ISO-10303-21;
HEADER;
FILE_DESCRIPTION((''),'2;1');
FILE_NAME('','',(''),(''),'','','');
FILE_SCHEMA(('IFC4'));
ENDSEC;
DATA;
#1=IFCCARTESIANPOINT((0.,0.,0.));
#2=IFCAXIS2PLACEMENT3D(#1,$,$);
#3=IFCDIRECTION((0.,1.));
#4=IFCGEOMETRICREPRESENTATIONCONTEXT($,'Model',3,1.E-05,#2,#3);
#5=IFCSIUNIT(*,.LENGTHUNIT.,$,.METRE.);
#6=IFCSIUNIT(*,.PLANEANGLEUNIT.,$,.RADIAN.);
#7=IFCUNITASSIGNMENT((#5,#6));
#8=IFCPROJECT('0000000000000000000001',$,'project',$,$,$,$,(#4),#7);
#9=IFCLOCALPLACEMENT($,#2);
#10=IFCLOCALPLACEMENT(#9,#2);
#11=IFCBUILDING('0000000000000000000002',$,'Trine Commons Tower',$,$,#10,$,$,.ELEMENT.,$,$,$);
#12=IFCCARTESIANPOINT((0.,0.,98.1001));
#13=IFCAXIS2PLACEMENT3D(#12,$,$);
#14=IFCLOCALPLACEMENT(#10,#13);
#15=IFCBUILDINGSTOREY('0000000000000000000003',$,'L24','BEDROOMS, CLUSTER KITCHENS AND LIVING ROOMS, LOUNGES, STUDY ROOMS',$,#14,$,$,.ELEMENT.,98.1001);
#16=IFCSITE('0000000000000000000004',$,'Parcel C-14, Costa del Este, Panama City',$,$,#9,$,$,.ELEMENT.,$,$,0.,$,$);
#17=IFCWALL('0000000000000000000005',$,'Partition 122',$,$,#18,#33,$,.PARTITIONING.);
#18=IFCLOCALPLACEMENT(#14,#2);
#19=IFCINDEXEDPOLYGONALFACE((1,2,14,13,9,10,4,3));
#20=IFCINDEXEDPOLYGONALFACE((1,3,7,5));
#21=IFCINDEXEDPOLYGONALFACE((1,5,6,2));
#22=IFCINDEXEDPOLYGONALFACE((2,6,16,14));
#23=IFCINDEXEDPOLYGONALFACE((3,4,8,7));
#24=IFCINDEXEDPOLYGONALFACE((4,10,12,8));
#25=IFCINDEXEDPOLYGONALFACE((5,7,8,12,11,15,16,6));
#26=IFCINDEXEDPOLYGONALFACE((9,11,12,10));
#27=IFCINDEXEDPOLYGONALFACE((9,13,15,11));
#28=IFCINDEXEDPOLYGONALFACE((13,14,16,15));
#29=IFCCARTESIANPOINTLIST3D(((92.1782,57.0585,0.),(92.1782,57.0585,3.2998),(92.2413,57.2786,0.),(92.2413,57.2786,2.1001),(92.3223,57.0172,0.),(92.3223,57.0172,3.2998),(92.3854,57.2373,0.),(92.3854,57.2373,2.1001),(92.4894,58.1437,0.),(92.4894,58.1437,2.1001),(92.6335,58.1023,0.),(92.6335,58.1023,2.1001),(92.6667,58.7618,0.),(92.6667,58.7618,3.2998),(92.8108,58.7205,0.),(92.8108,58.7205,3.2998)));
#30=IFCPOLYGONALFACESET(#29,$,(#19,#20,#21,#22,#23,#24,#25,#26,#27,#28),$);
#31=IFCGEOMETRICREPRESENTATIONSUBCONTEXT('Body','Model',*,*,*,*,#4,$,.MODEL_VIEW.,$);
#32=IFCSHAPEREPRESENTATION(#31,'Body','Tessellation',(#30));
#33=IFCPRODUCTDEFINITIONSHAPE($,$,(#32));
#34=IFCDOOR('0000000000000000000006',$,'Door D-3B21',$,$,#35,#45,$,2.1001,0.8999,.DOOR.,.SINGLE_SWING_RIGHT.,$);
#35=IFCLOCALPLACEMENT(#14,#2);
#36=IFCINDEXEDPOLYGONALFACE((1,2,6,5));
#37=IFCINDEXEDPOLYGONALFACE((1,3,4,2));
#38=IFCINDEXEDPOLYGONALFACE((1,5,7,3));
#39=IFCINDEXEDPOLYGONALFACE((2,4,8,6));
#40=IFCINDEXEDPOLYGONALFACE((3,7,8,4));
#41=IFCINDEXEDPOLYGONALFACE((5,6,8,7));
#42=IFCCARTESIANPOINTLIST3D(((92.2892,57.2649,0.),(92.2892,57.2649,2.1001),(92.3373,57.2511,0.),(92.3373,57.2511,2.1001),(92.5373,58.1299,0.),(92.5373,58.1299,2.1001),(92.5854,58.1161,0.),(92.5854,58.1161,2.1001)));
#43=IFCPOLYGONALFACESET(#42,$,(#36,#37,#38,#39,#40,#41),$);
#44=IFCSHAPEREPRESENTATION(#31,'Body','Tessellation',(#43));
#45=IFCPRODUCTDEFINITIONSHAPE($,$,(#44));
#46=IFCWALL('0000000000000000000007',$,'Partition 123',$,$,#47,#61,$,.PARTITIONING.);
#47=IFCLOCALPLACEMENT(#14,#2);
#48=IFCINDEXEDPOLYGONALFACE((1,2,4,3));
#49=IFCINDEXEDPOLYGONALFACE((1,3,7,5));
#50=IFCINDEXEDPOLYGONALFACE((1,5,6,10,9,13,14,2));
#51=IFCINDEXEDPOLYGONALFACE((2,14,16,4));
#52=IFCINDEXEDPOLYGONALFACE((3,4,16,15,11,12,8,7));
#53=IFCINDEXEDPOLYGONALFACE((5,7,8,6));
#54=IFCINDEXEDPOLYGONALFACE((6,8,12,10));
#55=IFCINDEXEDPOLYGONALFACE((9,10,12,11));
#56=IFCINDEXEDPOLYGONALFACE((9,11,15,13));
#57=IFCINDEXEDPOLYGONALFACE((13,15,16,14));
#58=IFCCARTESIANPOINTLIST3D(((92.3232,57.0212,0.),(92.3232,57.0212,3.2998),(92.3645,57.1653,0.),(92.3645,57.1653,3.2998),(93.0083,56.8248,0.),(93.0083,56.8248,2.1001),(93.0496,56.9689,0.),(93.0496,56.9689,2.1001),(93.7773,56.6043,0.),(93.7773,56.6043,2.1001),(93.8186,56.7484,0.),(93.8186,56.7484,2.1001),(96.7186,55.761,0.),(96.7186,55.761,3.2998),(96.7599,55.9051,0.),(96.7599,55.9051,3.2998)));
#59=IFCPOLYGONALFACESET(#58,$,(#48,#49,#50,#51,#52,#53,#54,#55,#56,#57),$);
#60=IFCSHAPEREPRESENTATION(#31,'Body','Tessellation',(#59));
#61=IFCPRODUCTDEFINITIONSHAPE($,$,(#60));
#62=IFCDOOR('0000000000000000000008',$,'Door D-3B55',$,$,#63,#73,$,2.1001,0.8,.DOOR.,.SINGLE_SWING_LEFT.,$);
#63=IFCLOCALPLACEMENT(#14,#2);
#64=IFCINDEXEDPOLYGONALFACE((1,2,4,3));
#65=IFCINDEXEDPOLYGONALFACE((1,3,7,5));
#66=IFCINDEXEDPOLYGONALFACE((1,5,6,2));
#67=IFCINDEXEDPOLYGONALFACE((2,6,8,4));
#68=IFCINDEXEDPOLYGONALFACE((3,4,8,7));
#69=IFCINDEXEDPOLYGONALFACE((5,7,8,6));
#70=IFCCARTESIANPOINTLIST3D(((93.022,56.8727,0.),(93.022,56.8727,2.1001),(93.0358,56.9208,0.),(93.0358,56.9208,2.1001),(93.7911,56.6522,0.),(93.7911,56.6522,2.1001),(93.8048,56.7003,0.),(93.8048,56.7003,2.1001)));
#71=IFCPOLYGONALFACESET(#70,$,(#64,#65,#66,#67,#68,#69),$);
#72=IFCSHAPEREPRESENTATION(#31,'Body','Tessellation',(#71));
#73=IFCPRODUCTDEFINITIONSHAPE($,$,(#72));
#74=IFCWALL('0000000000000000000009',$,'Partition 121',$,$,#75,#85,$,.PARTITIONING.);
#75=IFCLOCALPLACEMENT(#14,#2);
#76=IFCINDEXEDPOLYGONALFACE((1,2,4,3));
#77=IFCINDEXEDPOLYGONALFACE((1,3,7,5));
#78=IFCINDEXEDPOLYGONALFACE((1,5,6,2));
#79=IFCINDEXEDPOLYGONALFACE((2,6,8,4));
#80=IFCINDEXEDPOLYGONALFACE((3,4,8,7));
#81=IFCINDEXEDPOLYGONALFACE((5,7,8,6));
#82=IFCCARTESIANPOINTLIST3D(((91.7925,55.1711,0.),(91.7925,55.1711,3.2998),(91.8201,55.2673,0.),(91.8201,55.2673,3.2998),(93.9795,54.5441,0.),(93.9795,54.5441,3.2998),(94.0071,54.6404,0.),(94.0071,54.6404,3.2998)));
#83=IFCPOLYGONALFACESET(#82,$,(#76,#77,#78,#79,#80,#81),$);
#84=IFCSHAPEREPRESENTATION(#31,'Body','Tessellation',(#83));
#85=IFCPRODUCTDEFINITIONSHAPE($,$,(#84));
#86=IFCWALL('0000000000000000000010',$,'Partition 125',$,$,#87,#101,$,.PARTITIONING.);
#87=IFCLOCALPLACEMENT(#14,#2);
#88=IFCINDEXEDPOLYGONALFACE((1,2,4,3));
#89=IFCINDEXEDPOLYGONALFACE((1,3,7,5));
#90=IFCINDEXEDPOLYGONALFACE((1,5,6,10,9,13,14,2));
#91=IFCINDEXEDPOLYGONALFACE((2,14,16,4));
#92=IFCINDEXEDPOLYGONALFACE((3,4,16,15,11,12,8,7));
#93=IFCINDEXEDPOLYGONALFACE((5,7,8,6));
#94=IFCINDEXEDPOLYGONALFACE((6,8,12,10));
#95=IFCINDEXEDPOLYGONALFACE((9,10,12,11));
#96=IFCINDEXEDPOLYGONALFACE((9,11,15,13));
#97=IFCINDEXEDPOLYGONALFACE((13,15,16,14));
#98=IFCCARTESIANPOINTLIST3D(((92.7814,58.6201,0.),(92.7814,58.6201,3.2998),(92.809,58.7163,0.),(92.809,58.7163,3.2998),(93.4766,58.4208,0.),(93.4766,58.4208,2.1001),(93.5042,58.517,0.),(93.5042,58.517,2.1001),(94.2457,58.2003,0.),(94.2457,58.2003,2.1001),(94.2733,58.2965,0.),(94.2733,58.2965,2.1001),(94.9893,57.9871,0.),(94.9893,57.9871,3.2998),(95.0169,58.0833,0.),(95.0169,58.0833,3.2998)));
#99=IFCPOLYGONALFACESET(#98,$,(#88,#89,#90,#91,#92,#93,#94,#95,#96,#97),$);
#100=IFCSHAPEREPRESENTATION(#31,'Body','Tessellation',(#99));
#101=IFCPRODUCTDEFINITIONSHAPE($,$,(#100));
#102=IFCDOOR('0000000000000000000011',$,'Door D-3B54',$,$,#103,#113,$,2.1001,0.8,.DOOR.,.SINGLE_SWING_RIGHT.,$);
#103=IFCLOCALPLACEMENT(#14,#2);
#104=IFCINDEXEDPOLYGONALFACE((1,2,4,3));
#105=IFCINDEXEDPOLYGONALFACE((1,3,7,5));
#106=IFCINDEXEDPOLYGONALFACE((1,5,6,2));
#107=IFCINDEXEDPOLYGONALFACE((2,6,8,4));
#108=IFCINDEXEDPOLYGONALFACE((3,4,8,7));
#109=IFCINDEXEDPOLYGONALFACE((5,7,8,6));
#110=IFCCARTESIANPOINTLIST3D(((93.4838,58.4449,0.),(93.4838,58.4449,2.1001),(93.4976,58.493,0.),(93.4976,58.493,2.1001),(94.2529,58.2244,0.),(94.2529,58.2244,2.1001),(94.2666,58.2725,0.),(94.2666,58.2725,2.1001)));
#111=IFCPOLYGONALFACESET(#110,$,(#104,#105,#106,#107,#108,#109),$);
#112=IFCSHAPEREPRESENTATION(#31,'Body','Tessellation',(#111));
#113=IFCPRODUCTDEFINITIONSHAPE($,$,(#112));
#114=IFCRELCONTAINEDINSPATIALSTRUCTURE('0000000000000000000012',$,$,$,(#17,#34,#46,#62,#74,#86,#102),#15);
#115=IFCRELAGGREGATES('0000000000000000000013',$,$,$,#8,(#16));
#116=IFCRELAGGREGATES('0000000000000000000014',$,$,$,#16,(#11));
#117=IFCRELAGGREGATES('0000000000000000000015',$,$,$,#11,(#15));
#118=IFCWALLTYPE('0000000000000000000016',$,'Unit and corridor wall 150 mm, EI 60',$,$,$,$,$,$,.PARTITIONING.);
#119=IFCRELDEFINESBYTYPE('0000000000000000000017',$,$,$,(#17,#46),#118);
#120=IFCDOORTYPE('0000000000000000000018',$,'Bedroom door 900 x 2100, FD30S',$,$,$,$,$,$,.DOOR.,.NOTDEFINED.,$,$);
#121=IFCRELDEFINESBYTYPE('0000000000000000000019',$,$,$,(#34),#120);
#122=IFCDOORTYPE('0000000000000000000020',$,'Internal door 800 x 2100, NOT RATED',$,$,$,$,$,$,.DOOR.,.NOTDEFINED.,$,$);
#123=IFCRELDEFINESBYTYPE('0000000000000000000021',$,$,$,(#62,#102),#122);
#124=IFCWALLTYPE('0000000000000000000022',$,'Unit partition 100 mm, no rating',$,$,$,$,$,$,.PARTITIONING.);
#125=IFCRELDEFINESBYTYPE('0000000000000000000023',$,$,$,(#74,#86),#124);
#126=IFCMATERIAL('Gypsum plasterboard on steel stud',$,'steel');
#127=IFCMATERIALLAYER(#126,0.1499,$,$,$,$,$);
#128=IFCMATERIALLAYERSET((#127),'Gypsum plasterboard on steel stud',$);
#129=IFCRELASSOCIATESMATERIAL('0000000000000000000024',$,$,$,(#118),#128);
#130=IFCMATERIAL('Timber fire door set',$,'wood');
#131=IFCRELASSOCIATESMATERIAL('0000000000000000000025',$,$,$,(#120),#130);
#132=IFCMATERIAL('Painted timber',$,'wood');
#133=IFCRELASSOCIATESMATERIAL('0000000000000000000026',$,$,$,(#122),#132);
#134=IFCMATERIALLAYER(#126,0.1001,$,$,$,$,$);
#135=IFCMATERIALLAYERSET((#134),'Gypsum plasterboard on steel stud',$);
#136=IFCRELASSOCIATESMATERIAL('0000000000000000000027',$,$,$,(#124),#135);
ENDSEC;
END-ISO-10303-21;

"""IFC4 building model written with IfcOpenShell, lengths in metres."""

from ifc_helpers import new_model, si_unit, direction, frame, frame_2d, origin, place, context, subcontext, project, spatial, rectangle, extrude, material, layer, layer_set, type_object, element, fill, save


model = new_model("IFC4")

# Units and contexts
model_context = context("Model", 3, precision=1e-05, world=origin(), true_north=direction((0.0, 1.0)))
body_context = subcontext(model_context, "Body", "Model", "MODEL_VIEW")
ifc_project = project(units=[si_unit("LENGTHUNIT", "METRE"), si_unit("PLANEANGLEUNIT", "RADIAN")], contexts=[model_context])

# Site, building, storey
site_placement = place(None, origin())
site = spatial("IfcSite", under=ifc_project, at=site_placement, Name="Parcel C-14, Costa del Este, Panama City", CompositionType="ELEMENT", RefElevation=0.0)
building_placement = place(site_placement, origin())
building = spatial("IfcBuilding", under=site, at=building_placement, Name="Trine Commons Tower", CompositionType="ELEMENT")
storey_placement = place(building_placement, frame((0.0, 0.0, 98.1001)))
storey = spatial("IfcBuildingStorey", under=building, at=storey_placement, Name="L24", Description="BEDROOMS, CLUSTER KITCHENS AND LIVING ROOMS, LOUNGES, STUDY ROOMS", CompositionType="ELEMENT", Elevation=98.1001)

# Shared definitions
ifc_material_1 = material(Name="Gypsum plasterboard on steel stud", Category="steel")
ifc_layer_1 = layer(ifc_material_1, 0.1499)
ifc_layer_set_1 = layer_set([ifc_layer_1], Name="Gypsum plasterboard on steel stud")
wall_type_1 = type_object("IfcWallType", Name="Unit and corridor wall 150 mm, EI 60", PredefinedType="PARTITIONING", material=ifc_layer_set_1)

# Walls, openings, doors
wall_1_placement = place(storey_placement, frame((92.2502, 57.0378, 0.0), z_axis=(0.0, 0.0, 1.0), x_axis=(0.275685, 0.961248, 0.0)))
wall_1 = element("IfcWall", 1, at=wall_1_placement, inside=storey, type_object=wall_type_1, Name="Partition 122", PredefinedType="PARTITIONING", context=body_context, shape_type="SweptSolid", body=[
    extrude(rectangle(XDim=1.772, YDim=0.1499, at=frame_2d((0.886, 0.0))), origin(), (0.0, 0.0, 1.0), 3.2998),
])
opening_1_placement = place(wall_1_placement, frame((0.229, 0.0, 0.0)))
opening_1 = element("IfcOpeningElement", 2, at=opening_1_placement, cuts=wall_1, PredefinedType="OPENING", context=body_context, shape_type="SweptSolid", body=[
    extrude(rectangle(XDim=0.8999, YDim=2.1001, at=frame_2d((0.45, 1.05))), frame((0.0, 0.085, 0.0), z_axis=(0.0, -1.0, 0.0), x_axis=(1.0, 0.0, 0.0)), (0.0, 0.0, 1.0), 0.1699),
])
ifc_material_2 = material(Name="Timber fire door set", Category="wood")
door_type_1 = type_object("IfcDoorType", Name="Bedroom door 900 x 2100, FD30S", OperationType="NOTDEFINED", PredefinedType="DOOR", material=ifc_material_2)
door_1_placement = place(opening_1_placement, frame((0.8999, 0.0, 0.0), z_axis=(0.0, 0.0, 1.0), x_axis=(-1.0, 0.0, 0.0)))
door_1 = element("IfcDoor", 3, at=door_1_placement, inside=storey, type_object=door_type_1, Name="Door D-3B21", OperationType="SINGLE_SWING_RIGHT", OverallHeight=2.1001, OverallWidth=0.8999, PredefinedType="DOOR", context=body_context, shape_type="SweptSolid", body=[
    extrude(rectangle(XDim=0.8999, YDim=2.1001, at=frame_2d((0.45, 1.05))), frame((0.0, 0.0249, 0.0), z_axis=(0.0, -1.0, 0.0), x_axis=(1.0, 0.0, 0.0)), (0.0, 0.0, 1.0), 0.05),
])
fill(opening_1, door_1)
wall_2_placement = place(storey_placement, frame((92.344, 57.0933, 0.0), z_axis=(0.0, 0.0, 1.0), x_axis=(0.96127, -0.27561, 0.0)))
wall_2 = element("IfcWall", 4, at=wall_2_placement, inside=storey, type_object=wall_type_1, Name="Partition 123", PredefinedType="PARTITIONING", context=body_context, shape_type="SweptSolid", body=[
    extrude(rectangle(XDim=4.5725, YDim=0.1499, at=frame_2d((2.2861, 0.0))), origin(), (0.0, 0.0, 1.0), 3.2998),
])
opening_2_placement = place(wall_2_placement, frame((0.7126, 0.0, 0.0)))
opening_2 = element("IfcOpeningElement", 5, at=opening_2_placement, cuts=wall_2, PredefinedType="OPENING", context=body_context, shape_type="SweptSolid", body=[
    extrude(rectangle(XDim=0.8, YDim=2.1001, at=frame_2d((0.3999, 1.05))), frame((0.0, 0.085, 0.0), z_axis=(0.0, -1.0, 0.0), x_axis=(1.0, 0.0, 0.0)), (0.0, 0.0, 1.0), 0.1699),
])
ifc_material_3 = material(Name="Painted timber", Category="wood")
door_type_2 = type_object("IfcDoorType", Name="Internal door 800 x 2100, NOT RATED", OperationType="NOTDEFINED", PredefinedType="DOOR", material=ifc_material_3)
door_2_placement = place(opening_2_placement, origin())
door_2 = element("IfcDoor", 6, at=door_2_placement, inside=storey, type_object=door_type_2, Name="Door D-3B55", OperationType="SINGLE_SWING_LEFT", OverallHeight=2.1001, OverallWidth=0.8, PredefinedType="DOOR", context=body_context, shape_type="SweptSolid", body=[
    extrude(rectangle(XDim=0.8, YDim=2.1001, at=frame_2d((0.3999, 1.05))), frame((0.0, 0.0249, 0.0), z_axis=(0.0, -1.0, 0.0), x_axis=(1.0, 0.0, 0.0)), (0.0, 0.0, 1.0), 0.05),
])
fill(opening_2, door_2)

# Wall
ifc_layer_2 = layer(ifc_material_1, 0.1001)
ifc_layer_set_2 = layer_set([ifc_layer_2], Name="Gypsum plasterboard on steel stud")
wall_type_2 = type_object("IfcWallType", Name="Unit partition 100 mm, no rating", PredefinedType="PARTITIONING", material=ifc_layer_set_2)
wall_3_placement = place(storey_placement, frame((91.8062, 55.2192, 0.0), z_axis=(0.0, 0.0, 1.0), x_axis=(0.961281, -0.275571, 0.0)))
element("IfcWall", 7, at=wall_3_placement, inside=storey, type_object=wall_type_2, Name="Partition 121", PredefinedType="PARTITIONING", context=body_context, shape_type="SweptSolid", body=[
    extrude(rectangle(XDim=2.2751, YDim=0.1001, at=frame_2d((1.1377, 0.0))), origin(), (0.0, 0.0, 1.0), 3.2998),
])

# Wall, opening, door
wall_4_placement = place(storey_placement, frame((92.7952, 58.6682, 0.0), z_axis=(0.0, 0.0, 1.0), x_axis=(0.961271, -0.275605, 0.0)))
wall_4 = element("IfcWall", 8, at=wall_4_placement, inside=storey, type_object=wall_type_2, Name="Partition 125", PredefinedType="PARTITIONING", context=body_context, shape_type="SweptSolid", body=[
    extrude(rectangle(XDim=2.2969, YDim=0.1001, at=frame_2d((1.1484, 0.0))), origin(), (0.0, 0.0, 1.0), 3.2998),
])
opening_3_placement = place(wall_4_placement, frame((0.7234, 0.0, 0.0)))
opening_3 = element("IfcOpeningElement", 9, at=opening_3_placement, cuts=wall_4, PredefinedType="OPENING", context=body_context, shape_type="SweptSolid", body=[
    extrude(rectangle(XDim=0.8, YDim=2.1001, at=frame_2d((0.3999, 1.05))), frame((0.0, 0.0601, 0.0), z_axis=(0.0, -1.0, 0.0), x_axis=(1.0, 0.0, 0.0)), (0.0, 0.0, 1.0), 0.1201),
])
door_3_placement = place(opening_3_placement, frame((0.8, 0.0, 0.0), z_axis=(0.0, 0.0, 1.0), x_axis=(-1.0, 0.0, 0.0)))
door_3 = element("IfcDoor", 10, at=door_3_placement, inside=storey, type_object=door_type_2, Name="Door D-3B54", OperationType="SINGLE_SWING_RIGHT", OverallHeight=2.1001, OverallWidth=0.8, PredefinedType="DOOR", context=body_context, shape_type="SweptSolid", body=[
    extrude(rectangle(XDim=0.8, YDim=2.1001, at=frame_2d((0.3999, 1.05))), frame((0.0, 0.0249, 0.0), z_axis=(0.0, -1.0, 0.0), x_axis=(1.0, 0.0, 0.0)), (0.0, 0.0, 1.0), 0.05),
])
fill(opening_3, door_3)

save(model, "model.ifc")
